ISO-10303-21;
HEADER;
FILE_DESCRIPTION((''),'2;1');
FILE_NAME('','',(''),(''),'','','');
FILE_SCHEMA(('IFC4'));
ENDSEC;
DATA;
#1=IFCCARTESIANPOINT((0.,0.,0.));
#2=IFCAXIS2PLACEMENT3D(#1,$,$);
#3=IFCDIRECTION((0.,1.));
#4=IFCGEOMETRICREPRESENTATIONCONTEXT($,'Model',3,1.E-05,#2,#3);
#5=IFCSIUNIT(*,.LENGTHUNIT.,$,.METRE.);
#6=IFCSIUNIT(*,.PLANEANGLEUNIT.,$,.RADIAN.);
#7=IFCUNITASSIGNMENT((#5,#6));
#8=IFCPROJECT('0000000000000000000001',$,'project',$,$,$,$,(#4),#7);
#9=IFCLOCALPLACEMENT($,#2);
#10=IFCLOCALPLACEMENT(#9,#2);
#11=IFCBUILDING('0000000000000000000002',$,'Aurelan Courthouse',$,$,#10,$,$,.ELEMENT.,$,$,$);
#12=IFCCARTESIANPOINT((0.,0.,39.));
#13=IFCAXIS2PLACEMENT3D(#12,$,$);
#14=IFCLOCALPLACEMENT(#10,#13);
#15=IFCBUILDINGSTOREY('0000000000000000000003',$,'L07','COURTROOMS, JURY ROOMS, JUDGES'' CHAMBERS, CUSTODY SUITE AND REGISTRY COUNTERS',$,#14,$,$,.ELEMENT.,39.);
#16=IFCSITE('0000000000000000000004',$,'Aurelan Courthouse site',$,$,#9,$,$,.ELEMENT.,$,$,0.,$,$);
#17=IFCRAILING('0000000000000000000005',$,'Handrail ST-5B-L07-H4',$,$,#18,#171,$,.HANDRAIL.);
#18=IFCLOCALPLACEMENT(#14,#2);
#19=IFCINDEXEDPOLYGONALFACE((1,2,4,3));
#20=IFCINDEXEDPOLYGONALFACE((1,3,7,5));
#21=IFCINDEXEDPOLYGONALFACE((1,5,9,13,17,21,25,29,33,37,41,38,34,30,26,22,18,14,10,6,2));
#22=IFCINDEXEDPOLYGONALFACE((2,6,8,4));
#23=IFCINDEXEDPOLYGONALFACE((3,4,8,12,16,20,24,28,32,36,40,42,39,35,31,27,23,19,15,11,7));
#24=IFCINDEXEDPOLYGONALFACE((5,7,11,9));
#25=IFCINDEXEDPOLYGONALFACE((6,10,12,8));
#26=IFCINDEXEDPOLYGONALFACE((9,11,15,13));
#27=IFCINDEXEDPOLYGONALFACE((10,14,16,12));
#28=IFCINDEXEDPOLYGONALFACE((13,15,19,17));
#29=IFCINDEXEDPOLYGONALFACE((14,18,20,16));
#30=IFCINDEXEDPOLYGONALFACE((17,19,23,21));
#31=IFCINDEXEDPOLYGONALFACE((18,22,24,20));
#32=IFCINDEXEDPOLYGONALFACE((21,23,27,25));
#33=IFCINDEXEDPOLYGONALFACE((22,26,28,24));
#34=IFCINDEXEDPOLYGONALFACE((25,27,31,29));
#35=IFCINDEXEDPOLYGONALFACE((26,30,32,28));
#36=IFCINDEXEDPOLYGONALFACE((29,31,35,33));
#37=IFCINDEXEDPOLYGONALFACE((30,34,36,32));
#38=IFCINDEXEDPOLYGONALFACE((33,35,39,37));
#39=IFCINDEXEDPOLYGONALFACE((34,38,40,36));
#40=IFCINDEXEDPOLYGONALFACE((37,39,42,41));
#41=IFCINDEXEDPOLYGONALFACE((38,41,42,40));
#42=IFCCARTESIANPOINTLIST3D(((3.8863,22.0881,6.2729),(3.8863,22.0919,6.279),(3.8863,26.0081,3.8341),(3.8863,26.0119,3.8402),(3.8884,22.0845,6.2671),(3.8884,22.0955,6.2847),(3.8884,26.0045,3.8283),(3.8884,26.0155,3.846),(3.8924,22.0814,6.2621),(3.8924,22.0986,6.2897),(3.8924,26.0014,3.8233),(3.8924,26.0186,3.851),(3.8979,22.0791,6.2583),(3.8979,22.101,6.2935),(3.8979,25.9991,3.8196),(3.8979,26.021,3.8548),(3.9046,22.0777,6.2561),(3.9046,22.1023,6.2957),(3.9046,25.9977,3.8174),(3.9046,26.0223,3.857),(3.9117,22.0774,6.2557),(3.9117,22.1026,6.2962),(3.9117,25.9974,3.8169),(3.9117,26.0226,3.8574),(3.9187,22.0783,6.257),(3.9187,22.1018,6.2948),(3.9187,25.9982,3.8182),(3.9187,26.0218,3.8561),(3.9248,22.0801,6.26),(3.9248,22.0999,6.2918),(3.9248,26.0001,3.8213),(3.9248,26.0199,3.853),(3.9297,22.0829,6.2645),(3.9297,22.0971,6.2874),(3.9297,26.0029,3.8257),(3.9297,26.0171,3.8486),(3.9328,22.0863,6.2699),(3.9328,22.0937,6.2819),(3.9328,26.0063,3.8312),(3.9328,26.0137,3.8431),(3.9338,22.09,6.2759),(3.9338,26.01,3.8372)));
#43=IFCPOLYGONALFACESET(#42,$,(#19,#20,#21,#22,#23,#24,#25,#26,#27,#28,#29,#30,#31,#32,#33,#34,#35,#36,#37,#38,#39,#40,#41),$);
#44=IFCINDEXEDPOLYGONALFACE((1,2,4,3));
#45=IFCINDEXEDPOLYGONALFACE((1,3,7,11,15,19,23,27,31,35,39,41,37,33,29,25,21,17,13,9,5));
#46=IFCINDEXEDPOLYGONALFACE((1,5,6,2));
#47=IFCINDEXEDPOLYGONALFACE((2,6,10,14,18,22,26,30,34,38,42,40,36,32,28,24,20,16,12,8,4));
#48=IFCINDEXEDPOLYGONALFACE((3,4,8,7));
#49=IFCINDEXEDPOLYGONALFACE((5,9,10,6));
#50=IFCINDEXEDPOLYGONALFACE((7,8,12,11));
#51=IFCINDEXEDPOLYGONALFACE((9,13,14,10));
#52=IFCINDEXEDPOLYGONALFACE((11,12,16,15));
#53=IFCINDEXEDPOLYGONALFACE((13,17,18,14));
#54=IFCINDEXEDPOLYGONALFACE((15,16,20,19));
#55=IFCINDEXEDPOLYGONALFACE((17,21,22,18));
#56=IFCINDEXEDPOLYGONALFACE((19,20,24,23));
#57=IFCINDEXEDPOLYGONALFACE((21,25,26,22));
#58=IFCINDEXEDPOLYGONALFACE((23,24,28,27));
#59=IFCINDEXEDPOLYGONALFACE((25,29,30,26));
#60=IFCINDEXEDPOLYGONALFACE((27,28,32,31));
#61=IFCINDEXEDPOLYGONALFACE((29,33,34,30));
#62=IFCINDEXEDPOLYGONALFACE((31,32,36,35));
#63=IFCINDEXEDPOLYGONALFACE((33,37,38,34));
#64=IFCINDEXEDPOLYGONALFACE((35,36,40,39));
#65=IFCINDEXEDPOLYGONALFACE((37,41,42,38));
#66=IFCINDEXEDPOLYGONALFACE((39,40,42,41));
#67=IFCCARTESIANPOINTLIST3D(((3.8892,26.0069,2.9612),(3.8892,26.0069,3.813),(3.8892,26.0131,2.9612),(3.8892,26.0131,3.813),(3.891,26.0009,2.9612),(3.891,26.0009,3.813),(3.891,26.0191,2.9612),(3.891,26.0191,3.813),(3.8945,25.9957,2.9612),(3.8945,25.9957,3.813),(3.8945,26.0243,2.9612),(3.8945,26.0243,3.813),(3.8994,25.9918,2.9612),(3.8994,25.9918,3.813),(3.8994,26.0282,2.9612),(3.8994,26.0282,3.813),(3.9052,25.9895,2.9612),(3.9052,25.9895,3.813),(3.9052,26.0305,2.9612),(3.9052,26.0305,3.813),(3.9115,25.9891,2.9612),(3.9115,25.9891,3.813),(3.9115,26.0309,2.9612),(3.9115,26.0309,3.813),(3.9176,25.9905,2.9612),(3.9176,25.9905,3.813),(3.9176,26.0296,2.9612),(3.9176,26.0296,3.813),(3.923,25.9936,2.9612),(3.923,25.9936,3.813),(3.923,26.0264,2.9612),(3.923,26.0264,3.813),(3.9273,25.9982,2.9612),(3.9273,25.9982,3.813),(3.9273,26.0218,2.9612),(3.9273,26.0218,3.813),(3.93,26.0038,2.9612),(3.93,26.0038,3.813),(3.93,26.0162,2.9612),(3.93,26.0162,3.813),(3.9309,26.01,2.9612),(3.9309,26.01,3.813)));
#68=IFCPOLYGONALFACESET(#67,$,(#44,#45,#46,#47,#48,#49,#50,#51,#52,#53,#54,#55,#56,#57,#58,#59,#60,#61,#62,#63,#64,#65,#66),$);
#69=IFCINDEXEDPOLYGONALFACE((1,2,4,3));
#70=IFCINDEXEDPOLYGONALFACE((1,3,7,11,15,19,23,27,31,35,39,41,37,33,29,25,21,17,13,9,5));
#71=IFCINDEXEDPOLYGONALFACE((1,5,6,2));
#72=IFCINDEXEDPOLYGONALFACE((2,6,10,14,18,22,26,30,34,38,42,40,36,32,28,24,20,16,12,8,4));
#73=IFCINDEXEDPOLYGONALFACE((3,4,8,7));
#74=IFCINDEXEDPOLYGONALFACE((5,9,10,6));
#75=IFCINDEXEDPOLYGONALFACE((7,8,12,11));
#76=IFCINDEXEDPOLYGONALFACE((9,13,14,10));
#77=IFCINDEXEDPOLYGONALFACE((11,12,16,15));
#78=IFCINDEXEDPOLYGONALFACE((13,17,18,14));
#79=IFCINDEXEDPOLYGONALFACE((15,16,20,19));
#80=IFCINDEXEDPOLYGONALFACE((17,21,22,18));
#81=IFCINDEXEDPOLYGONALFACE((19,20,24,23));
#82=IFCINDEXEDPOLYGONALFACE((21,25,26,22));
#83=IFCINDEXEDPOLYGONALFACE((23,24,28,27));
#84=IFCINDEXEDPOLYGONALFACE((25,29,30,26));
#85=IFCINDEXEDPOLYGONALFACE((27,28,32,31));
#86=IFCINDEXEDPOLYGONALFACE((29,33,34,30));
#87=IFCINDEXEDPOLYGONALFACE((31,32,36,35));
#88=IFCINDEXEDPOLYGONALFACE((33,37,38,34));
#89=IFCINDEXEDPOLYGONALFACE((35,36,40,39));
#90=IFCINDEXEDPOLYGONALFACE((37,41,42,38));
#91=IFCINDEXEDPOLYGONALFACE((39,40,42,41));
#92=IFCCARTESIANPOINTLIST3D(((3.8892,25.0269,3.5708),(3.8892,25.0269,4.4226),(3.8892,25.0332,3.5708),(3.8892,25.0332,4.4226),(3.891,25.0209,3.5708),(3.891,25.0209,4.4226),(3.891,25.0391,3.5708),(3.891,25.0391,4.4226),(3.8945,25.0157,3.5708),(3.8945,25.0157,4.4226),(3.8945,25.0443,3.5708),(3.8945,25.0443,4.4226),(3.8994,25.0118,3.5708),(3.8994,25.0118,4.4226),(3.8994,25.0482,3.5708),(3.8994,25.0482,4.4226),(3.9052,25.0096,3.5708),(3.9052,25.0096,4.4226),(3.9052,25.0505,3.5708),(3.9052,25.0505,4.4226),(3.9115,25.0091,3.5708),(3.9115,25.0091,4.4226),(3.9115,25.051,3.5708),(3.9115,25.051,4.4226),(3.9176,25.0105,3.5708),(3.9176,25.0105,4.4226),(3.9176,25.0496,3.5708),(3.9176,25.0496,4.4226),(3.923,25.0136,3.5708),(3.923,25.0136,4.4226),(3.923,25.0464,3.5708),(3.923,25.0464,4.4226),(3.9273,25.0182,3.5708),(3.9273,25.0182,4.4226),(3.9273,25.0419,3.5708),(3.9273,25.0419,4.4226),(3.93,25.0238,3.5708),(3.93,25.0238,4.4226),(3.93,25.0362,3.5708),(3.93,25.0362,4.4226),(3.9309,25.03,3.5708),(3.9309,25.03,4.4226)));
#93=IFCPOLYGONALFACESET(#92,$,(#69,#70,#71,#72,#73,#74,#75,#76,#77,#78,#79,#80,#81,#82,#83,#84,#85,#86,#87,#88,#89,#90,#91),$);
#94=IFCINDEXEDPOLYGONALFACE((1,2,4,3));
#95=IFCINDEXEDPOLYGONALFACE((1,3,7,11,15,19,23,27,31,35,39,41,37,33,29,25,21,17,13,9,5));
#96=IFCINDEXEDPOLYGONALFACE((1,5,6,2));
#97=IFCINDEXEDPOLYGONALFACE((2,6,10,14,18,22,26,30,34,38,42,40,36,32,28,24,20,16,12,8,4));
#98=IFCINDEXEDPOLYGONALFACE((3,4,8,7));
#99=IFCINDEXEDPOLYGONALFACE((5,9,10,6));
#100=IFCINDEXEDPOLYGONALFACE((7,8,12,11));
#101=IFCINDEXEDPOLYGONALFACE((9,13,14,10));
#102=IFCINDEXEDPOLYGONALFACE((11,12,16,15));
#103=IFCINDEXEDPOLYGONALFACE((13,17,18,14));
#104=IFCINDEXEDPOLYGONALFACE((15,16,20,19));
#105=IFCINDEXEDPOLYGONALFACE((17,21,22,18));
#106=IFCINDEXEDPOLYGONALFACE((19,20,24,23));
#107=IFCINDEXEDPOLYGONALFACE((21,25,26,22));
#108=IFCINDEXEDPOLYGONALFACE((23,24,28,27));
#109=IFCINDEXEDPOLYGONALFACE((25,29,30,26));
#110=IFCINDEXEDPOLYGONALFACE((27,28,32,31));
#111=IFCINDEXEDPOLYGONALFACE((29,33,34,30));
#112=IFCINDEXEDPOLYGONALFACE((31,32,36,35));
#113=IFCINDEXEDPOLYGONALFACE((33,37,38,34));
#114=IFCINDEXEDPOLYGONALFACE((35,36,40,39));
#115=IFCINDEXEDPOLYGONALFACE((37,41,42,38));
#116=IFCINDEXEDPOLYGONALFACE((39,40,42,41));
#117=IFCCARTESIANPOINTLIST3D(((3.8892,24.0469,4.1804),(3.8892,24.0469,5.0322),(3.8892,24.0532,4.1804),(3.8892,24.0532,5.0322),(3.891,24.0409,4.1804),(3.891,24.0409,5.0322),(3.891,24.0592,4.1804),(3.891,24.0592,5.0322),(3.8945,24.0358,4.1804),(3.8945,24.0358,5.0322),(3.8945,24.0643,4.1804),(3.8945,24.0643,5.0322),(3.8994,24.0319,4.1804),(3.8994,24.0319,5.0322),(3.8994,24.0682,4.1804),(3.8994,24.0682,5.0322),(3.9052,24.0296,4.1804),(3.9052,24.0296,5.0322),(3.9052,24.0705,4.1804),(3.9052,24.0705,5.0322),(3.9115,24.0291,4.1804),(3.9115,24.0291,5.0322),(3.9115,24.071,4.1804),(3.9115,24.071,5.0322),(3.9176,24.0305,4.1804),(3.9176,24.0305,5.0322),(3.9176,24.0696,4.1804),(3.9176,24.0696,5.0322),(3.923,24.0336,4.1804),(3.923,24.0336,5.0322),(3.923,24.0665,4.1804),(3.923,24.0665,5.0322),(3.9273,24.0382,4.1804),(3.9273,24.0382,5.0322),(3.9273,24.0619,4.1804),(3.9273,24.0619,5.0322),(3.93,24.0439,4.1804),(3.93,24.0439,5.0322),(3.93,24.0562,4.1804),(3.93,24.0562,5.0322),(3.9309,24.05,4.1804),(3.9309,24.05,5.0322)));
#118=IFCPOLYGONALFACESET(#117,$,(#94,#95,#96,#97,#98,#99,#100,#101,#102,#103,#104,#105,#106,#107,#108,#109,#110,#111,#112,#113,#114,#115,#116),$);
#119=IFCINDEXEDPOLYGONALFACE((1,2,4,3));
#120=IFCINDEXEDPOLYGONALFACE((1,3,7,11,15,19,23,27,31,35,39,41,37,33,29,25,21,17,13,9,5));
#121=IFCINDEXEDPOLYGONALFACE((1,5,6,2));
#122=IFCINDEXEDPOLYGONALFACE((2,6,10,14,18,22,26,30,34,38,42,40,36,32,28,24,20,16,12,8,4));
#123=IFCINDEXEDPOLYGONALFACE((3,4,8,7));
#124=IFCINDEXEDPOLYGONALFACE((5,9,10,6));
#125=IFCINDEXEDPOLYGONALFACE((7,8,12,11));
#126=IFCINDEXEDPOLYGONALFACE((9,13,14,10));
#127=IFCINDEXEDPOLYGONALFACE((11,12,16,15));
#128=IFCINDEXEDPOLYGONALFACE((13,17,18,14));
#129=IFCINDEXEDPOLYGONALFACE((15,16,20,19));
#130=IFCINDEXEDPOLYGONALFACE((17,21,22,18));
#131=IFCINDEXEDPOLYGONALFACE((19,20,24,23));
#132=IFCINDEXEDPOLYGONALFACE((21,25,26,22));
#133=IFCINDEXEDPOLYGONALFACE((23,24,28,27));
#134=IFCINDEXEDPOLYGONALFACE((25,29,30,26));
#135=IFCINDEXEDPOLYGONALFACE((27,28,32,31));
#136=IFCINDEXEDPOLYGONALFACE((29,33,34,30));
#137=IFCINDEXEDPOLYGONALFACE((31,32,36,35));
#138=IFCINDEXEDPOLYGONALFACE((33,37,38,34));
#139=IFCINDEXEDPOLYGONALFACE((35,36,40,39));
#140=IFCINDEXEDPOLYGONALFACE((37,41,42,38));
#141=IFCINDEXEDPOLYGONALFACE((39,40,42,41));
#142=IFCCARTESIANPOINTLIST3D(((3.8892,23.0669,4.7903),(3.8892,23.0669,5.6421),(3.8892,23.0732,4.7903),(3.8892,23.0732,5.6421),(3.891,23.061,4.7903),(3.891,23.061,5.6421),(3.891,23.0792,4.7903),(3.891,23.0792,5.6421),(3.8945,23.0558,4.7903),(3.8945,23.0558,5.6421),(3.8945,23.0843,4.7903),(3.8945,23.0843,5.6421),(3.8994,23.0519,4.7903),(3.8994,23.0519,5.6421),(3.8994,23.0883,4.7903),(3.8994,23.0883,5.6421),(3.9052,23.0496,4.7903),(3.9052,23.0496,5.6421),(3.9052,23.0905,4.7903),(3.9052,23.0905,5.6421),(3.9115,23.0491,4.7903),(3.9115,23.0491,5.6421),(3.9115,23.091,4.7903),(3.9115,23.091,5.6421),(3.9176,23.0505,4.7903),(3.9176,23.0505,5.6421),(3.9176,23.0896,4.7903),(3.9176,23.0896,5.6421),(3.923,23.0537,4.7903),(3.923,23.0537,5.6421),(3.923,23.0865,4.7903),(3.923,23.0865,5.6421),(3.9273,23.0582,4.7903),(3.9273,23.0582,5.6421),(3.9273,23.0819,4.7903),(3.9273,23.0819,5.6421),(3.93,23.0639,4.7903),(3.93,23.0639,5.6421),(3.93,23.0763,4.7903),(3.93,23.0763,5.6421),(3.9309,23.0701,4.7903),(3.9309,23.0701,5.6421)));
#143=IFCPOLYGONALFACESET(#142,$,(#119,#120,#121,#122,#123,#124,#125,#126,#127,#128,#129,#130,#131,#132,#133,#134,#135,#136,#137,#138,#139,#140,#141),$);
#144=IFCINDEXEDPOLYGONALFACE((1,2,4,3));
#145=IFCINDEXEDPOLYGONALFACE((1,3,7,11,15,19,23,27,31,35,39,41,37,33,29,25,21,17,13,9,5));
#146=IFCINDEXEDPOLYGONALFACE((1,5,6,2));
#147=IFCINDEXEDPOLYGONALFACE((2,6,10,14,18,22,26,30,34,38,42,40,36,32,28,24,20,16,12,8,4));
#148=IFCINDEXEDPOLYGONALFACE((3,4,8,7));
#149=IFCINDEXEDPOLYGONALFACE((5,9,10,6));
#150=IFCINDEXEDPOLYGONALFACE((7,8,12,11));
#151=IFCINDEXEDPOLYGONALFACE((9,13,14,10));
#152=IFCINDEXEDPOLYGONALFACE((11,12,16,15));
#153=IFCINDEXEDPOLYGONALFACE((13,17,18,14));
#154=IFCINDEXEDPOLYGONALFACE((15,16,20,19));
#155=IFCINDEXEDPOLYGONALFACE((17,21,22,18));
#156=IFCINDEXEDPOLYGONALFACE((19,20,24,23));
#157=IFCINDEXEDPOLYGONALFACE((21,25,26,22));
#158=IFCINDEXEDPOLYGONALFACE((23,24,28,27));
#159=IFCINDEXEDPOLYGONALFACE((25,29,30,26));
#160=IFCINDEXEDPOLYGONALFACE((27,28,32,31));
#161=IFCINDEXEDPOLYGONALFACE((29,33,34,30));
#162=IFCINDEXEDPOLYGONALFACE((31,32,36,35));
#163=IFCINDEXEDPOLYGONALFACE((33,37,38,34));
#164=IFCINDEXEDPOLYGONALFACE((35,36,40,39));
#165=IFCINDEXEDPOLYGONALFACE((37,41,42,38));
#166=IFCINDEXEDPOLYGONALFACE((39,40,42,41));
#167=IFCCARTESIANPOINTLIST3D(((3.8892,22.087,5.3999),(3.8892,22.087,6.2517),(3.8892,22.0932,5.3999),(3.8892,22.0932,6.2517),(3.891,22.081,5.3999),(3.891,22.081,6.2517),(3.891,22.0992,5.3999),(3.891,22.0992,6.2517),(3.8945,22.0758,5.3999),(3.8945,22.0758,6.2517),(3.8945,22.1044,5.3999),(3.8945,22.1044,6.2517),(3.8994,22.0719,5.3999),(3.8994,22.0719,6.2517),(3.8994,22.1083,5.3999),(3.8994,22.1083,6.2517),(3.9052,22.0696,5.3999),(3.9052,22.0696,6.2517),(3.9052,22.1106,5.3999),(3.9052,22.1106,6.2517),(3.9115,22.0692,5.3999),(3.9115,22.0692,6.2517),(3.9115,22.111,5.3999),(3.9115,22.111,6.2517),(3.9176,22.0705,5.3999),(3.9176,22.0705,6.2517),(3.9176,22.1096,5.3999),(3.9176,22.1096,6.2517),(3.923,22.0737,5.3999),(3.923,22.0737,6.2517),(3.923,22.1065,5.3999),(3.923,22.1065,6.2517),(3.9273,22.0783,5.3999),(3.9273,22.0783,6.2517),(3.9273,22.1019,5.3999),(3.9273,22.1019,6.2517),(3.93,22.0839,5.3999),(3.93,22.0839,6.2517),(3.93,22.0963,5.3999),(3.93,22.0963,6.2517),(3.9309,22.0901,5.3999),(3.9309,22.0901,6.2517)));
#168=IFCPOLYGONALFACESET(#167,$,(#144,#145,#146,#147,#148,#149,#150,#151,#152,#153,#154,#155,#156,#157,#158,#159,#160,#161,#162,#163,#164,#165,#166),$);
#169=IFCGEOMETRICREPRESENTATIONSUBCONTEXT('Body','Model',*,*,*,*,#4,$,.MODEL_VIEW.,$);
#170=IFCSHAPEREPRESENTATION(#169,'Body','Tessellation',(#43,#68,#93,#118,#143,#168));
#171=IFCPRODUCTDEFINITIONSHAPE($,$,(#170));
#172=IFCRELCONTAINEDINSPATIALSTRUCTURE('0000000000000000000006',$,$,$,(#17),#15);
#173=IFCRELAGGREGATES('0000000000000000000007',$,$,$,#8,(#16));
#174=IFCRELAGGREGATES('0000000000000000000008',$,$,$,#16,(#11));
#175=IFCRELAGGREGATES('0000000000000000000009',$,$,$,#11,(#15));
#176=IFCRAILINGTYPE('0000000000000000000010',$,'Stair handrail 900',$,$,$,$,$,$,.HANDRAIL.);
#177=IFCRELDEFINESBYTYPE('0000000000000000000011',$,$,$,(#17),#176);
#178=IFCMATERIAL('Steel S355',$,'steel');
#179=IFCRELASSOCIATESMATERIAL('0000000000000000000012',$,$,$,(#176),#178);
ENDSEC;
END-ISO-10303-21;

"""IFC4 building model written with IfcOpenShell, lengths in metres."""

from ifc_helpers import new_model, si_unit, direction, frame, origin, origin_2d, place, context, subcontext, project, spatial, circle, extrude, material, type_object, element, save


model = new_model("IFC4")

# Units and contexts
model_context = context("Model", 3, precision=1e-05, world=origin(), true_north=direction((0.0, 1.0)))
body_context = subcontext(model_context, "Body", "Model", "MODEL_VIEW")
ifc_project = project(units=[si_unit("LENGTHUNIT", "METRE"), si_unit("PLANEANGLEUNIT", "RADIAN")], contexts=[model_context])

# Site, building, storey
site_placement = place(None, origin())
site = spatial("IfcSite", under=ifc_project, at=site_placement, Name="Aurelan Courthouse site", CompositionType="ELEMENT", RefElevation=0.0)
building_placement = place(site_placement, origin())
building = spatial("IfcBuilding", under=site, at=building_placement, Name="Aurelan Courthouse", CompositionType="ELEMENT")
storey_placement = place(building_placement, frame((0.0, 0.0, 39.0)))
storey = spatial("IfcBuildingStorey", under=building, at=storey_placement, Name="L07", Description="COURTROOMS, JURY ROOMS, JUDGES' CHAMBERS, CUSTODY SUITE AND REGISTRY COUNTERS", CompositionType="ELEMENT", Elevation=39.0)

# Railing
ifc_material_1 = material(Name="Steel S355", Category="steel")
railing_type_1 = type_object("IfcRailingType", Name="Stair handrail 900", PredefinedType="HANDRAIL", material=ifc_material_1)
for number, where, name in (
    (1, (3.9099, 26.01, 2.9612), "Handrail ST-5B-L07-H4"),
):
    element("IfcRailing", number, at=place(storey_placement, frame(where)), inside=storey, type_object=railing_type_1, Name=name, PredefinedType="HANDRAIL", context=body_context, shape_type="SweptSolid", body=[
        extrude(circle(Radius=0.0239, at=origin_2d()), frame((0.0, 0.0, 0.876), z_axis=(0.0, -0.84909, 0.528249), x_axis=(1.0, 0.0, 0.0)), (0.0, 0.0, 1.0), 4.6167),
        extrude(circle(Radius=0.021, at=origin_2d()), origin(), (0.0, 0.0, 1.0), 0.8518),
        extrude(circle(Radius=0.021, at=origin_2d()), frame((0.0, -0.98, 0.6096)), (0.0, 0.0, 1.0), 0.8518),
        extrude(circle(Radius=0.021, at=origin_2d()), frame((0.0, -1.96, 1.2192)), (0.0, 0.0, 1.0), 0.8518),
        extrude(circle(Radius=0.021, at=origin_2d()), frame((0.0, -2.9399, 1.8291)), (0.0, 0.0, 1.0), 0.8518),
        extrude(circle(Radius=0.021, at=origin_2d()), frame((0.0, -3.9199, 2.4387)), (0.0, 0.0, 1.0), 0.8518),
    ])

save(model, "model.ifc")
